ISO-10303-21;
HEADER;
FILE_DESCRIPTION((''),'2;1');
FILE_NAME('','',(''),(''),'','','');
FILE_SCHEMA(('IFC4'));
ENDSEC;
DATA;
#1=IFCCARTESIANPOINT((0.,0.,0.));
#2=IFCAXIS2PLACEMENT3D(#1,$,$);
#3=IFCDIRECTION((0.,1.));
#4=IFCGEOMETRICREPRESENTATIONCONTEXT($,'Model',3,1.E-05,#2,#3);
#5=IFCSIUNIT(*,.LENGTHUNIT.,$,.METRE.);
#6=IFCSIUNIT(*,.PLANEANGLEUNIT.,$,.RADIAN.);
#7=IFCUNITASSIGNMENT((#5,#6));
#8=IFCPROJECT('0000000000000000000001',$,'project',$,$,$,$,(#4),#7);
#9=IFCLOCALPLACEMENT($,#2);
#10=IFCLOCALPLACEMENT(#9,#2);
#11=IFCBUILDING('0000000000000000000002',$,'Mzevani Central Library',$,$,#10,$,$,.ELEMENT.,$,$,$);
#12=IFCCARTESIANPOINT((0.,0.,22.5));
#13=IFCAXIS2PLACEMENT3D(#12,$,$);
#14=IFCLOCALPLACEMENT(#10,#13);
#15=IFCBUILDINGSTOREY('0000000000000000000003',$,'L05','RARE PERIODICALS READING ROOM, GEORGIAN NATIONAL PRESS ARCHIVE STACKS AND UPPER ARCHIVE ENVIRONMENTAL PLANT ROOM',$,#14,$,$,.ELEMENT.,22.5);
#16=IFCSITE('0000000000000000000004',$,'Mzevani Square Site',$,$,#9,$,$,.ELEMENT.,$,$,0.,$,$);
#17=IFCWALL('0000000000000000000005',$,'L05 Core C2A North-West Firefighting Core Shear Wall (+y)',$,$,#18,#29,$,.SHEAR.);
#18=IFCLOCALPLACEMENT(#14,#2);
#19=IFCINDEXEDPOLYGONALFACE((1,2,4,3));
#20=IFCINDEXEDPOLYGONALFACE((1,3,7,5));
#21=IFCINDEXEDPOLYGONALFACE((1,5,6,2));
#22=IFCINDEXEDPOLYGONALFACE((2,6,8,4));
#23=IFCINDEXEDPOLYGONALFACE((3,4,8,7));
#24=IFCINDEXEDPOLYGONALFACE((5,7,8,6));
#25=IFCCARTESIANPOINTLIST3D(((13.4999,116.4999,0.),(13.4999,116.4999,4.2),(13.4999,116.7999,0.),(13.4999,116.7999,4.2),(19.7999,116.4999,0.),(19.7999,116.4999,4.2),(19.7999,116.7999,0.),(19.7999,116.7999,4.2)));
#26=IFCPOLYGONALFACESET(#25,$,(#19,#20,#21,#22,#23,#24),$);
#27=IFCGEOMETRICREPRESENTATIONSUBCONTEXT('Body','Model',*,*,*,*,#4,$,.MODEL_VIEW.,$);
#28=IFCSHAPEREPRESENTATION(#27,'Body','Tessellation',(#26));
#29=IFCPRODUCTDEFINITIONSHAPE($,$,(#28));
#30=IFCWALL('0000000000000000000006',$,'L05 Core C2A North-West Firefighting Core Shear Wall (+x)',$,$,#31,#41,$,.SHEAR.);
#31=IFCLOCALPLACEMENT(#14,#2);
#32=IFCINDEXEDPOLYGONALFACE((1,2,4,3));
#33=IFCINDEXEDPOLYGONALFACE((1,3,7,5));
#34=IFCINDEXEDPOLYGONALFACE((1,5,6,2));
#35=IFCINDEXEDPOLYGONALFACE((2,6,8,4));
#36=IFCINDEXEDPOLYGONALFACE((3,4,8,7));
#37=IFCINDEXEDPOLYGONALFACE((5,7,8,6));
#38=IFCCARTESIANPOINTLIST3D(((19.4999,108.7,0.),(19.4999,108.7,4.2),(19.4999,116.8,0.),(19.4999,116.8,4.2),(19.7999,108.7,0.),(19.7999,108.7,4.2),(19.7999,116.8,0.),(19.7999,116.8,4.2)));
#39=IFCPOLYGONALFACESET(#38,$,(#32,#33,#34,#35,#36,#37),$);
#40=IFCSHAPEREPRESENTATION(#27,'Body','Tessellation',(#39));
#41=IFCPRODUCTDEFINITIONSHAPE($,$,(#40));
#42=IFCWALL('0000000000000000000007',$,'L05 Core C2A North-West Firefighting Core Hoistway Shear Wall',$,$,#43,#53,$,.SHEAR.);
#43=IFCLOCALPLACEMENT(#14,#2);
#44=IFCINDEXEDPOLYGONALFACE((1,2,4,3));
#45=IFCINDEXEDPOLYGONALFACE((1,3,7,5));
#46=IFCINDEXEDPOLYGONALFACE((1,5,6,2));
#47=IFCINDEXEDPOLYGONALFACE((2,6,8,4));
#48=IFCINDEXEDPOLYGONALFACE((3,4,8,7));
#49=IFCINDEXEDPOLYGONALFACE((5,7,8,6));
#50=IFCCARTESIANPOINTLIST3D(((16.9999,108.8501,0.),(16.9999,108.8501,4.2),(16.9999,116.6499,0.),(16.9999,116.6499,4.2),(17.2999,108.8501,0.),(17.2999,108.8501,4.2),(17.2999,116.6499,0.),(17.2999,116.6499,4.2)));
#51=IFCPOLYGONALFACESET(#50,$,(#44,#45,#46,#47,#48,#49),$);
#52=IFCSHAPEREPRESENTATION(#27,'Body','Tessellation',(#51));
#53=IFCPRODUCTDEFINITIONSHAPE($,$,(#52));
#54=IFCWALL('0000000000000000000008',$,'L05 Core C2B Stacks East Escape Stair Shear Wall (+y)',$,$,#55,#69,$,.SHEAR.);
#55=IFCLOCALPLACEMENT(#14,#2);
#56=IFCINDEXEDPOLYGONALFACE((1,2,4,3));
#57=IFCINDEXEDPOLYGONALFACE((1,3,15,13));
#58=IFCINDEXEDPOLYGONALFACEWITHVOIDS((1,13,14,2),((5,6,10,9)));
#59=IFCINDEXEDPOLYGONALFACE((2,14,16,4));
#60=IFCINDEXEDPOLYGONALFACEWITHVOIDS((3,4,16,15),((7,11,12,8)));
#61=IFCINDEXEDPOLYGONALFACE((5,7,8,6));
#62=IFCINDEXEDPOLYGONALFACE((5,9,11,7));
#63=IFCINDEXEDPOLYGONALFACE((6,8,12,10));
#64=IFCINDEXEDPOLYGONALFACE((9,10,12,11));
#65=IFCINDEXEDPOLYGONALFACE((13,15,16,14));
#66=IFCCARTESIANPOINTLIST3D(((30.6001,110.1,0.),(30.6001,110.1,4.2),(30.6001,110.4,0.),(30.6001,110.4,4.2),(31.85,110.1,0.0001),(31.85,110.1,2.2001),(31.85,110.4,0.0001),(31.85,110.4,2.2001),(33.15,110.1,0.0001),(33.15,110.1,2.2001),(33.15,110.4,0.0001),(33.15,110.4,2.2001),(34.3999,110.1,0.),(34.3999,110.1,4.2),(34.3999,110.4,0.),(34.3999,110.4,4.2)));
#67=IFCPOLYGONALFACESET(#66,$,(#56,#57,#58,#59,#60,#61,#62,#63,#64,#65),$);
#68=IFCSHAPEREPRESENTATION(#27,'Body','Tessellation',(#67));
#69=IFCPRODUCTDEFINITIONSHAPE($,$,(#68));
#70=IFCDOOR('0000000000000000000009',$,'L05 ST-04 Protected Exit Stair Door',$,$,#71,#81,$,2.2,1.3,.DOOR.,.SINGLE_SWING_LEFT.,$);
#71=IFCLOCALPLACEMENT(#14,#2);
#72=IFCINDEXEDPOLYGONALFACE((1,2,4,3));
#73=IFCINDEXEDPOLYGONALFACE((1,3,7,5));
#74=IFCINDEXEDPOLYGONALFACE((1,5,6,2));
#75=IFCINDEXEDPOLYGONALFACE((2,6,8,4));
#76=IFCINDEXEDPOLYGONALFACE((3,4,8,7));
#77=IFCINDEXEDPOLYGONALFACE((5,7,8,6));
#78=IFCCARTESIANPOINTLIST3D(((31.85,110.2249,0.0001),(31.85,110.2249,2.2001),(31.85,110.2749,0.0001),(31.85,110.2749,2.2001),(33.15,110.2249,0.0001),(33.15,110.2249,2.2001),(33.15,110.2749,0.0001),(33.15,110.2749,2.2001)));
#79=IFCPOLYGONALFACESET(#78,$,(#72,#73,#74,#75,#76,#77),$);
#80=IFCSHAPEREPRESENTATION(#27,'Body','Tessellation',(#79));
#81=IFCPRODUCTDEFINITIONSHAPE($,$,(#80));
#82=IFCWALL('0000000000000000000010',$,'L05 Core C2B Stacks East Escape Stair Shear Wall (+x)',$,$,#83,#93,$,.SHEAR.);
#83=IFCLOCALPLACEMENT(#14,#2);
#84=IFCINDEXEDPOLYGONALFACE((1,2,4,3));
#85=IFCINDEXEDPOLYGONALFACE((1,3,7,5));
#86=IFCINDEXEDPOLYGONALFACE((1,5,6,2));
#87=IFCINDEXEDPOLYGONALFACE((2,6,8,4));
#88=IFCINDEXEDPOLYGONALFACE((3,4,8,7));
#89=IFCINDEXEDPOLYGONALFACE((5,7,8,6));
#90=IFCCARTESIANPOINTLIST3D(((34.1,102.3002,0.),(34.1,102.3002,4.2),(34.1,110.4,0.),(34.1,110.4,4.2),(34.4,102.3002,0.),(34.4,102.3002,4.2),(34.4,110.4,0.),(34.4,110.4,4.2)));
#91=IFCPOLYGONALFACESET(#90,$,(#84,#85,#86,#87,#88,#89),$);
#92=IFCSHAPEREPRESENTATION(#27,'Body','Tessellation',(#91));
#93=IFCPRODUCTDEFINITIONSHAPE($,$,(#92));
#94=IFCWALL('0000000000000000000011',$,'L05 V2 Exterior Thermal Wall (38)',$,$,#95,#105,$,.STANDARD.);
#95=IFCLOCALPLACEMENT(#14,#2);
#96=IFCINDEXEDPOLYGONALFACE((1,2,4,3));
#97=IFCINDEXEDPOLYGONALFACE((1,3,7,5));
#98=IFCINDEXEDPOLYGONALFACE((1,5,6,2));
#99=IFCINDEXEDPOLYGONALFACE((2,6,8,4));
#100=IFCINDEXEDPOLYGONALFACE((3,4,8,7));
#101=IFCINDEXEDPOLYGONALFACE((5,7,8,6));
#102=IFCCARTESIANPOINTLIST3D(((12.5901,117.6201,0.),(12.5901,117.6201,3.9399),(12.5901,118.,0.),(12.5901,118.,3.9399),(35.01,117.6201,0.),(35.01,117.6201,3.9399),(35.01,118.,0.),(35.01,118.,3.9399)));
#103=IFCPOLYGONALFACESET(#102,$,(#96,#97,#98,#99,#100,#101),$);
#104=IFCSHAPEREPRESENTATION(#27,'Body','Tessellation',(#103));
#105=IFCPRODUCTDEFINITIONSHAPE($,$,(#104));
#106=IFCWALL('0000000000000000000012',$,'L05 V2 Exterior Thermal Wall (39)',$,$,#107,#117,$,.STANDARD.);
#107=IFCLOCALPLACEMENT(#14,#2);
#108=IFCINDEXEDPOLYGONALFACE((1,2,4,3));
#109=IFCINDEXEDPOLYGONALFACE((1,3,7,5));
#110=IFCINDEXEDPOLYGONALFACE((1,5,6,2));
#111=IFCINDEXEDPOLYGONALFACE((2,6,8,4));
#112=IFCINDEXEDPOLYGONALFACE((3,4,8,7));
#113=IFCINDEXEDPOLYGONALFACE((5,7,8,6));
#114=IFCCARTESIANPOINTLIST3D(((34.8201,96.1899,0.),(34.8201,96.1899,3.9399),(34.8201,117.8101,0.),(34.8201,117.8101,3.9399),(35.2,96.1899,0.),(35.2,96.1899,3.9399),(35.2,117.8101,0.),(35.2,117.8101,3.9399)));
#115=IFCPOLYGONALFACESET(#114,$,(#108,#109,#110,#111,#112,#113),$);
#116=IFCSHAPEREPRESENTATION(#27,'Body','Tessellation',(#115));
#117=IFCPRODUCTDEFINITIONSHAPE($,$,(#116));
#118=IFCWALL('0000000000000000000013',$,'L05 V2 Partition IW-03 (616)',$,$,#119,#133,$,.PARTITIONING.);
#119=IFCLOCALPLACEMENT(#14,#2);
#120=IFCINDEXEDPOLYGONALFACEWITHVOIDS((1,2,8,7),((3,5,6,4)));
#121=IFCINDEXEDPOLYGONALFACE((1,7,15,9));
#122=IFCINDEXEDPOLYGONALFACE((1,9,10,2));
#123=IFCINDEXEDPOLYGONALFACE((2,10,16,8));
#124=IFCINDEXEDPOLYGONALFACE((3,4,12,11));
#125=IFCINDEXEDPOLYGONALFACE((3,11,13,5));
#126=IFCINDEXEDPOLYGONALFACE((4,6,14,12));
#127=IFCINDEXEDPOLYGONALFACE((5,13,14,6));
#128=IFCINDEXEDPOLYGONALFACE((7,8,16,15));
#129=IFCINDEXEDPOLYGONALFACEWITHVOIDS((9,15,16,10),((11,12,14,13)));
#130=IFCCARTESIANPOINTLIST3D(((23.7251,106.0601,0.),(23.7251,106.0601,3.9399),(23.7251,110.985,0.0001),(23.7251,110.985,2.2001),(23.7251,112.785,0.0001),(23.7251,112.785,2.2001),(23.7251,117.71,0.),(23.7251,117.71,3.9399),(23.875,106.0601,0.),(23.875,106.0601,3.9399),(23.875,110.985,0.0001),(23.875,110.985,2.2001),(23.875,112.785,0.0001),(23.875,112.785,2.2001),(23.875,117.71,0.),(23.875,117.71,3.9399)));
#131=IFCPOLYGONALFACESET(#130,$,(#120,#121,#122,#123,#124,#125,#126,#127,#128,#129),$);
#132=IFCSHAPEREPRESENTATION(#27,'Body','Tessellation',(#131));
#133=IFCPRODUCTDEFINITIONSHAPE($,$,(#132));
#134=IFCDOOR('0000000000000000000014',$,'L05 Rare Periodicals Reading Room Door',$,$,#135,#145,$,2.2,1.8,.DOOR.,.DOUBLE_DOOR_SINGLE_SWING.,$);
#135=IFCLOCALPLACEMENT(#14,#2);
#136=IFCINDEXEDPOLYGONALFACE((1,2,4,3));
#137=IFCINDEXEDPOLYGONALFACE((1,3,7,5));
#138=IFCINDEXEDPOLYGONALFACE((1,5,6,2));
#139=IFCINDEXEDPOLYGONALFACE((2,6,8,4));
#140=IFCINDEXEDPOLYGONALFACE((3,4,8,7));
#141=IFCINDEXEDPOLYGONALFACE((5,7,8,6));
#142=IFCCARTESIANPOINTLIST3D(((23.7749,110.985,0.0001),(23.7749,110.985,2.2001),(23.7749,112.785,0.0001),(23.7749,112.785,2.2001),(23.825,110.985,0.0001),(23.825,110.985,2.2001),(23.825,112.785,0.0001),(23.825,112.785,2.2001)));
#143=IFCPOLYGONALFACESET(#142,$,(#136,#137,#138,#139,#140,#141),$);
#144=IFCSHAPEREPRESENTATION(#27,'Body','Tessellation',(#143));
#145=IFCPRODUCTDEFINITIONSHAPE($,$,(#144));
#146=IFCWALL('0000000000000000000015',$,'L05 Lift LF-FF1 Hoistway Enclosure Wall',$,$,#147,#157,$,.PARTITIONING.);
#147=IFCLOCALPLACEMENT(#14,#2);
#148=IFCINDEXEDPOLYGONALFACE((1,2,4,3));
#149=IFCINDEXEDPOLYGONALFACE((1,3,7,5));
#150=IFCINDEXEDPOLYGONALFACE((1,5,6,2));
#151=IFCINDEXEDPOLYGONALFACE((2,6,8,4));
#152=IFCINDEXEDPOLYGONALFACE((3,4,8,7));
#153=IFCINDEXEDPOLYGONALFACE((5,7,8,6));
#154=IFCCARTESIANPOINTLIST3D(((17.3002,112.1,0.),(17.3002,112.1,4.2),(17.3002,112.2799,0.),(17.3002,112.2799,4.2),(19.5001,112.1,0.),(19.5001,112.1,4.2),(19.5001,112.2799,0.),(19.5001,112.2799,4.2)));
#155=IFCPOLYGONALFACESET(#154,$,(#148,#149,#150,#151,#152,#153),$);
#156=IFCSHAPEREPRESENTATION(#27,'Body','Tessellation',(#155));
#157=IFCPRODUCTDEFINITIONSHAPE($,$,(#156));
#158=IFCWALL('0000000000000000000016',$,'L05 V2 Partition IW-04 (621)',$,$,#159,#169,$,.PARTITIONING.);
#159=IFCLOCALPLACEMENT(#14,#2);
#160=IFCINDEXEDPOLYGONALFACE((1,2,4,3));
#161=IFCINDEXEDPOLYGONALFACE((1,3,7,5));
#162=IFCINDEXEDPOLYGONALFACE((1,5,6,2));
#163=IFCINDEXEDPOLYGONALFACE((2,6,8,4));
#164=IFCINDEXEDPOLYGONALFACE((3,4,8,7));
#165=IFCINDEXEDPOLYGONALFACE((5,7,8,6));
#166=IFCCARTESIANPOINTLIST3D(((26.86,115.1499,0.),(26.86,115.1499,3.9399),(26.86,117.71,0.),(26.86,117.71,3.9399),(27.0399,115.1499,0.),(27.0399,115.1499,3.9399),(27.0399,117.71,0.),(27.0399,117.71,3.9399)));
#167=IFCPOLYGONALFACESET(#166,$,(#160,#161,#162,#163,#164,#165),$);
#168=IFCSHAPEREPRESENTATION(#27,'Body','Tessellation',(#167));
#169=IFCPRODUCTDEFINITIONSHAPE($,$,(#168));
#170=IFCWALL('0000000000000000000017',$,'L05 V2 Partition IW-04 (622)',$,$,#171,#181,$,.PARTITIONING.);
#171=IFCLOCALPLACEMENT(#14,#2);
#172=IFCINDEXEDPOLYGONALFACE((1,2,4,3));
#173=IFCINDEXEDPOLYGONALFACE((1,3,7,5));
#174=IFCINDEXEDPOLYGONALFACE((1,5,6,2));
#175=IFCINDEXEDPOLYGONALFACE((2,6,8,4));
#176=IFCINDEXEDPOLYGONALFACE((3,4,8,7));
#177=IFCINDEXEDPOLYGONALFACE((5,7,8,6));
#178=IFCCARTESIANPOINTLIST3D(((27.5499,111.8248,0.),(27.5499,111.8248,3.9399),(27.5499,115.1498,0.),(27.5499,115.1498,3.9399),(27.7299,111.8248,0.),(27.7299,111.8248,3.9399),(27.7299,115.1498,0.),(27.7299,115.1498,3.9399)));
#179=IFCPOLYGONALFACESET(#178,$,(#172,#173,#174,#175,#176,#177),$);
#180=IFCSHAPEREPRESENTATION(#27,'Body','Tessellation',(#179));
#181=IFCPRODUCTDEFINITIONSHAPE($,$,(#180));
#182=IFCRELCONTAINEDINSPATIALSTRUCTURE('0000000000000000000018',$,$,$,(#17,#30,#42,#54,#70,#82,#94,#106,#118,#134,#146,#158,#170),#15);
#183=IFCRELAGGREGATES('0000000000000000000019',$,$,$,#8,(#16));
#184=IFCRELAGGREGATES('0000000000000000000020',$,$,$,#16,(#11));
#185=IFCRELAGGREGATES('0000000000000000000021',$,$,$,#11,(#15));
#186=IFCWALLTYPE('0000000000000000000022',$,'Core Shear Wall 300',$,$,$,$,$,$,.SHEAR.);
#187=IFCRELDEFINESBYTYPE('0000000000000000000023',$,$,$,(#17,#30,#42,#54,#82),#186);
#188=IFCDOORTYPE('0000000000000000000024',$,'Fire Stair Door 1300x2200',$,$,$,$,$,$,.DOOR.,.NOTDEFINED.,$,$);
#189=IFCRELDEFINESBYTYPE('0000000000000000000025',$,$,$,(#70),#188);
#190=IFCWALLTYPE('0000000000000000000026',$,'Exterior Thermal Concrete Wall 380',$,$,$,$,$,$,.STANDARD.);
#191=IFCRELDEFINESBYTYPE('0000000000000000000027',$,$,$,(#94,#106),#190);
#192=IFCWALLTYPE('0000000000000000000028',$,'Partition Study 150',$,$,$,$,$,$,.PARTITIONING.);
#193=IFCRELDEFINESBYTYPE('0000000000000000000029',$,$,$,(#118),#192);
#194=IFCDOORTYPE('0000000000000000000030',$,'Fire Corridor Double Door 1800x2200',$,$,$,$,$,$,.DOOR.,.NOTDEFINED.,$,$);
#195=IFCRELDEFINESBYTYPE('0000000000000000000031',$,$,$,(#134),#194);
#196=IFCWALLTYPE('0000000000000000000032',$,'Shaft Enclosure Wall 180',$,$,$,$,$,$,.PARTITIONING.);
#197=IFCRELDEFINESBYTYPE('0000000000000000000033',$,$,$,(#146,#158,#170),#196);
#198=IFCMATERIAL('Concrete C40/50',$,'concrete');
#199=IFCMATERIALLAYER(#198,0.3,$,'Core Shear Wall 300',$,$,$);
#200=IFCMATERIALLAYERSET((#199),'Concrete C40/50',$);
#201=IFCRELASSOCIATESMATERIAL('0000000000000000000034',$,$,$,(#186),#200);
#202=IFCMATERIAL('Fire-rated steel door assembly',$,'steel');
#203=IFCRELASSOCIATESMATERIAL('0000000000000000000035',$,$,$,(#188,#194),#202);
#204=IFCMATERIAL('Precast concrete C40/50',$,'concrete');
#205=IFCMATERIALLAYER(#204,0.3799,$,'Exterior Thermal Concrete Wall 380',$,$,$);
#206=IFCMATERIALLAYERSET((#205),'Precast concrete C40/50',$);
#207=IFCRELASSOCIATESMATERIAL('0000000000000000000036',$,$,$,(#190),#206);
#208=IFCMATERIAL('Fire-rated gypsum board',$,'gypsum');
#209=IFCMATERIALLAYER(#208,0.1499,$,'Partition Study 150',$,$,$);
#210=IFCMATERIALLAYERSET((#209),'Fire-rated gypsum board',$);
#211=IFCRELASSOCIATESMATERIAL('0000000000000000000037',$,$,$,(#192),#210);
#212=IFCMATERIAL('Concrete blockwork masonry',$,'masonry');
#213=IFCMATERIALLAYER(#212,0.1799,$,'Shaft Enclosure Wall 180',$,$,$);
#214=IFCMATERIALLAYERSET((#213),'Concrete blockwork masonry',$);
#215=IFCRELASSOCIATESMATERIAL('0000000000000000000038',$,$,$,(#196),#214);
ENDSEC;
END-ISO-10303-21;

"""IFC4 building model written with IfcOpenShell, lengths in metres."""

from ifc_helpers import new_model, si_unit, direction, frame, frame_2d, origin, place, context, subcontext, project, spatial, rectangle, extrude, material, layer, layer_set, type_object, element, fill, save


model = new_model("IFC4")

# Units and contexts
model_context = context("Model", 3, precision=1e-05, world=origin(), true_north=direction((0.0, 1.0)))
body_context = subcontext(model_context, "Body", "Model", "MODEL_VIEW")
ifc_project = project(units=[si_unit("LENGTHUNIT", "METRE"), si_unit("PLANEANGLEUNIT", "RADIAN")], contexts=[model_context])

# Site, building, storey
site_placement = place(None, origin())
site = spatial("IfcSite", under=ifc_project, at=site_placement, Name="Mzevani Square Site", CompositionType="ELEMENT", RefElevation=0.0)
building_placement = place(site_placement, origin())
building = spatial("IfcBuilding", under=site, at=building_placement, Name="Mzevani Central Library", CompositionType="ELEMENT")
storey_placement = place(building_placement, frame((0.0, 0.0, 22.5)))
storey = spatial("IfcBuildingStorey", under=building, at=storey_placement, Name="L05", Description="RARE PERIODICALS READING ROOM, GEORGIAN NATIONAL PRESS ARCHIVE STACKS AND UPPER ARCHIVE ENVIRONMENTAL PLANT ROOM", CompositionType="ELEMENT", Elevation=22.5)

# Shared definitions
ifc_material_1 = material(Name="Concrete C40/50", Category="concrete")

# Shared definitions
ifc_material_2 = material(Name="Precast concrete C40/50", Category="concrete")

# Shared definitions
ifc_material_3 = material(Name="Fire-rated steel door assembly", Category="steel")

# Shared definitions
ifc_layer_1 = layer(ifc_material_1, 0.3, Name="Core Shear Wall 300")
ifc_layer_set_1 = layer_set([ifc_layer_1], Name="Concrete C40/50")
wall_type_1 = type_object("IfcWallType", Name="Core Shear Wall 300", PredefinedType="SHEAR", material=ifc_layer_set_1)
door_type_1 = type_object("IfcDoorType", Name="Fire Stair Door 1300x2200", OperationType="NOTDEFINED", PredefinedType="DOOR", material=ifc_material_3)

# Walls
wall_1_placement = place(storey_placement, frame((13.5, 116.6499, 0.0), z_axis=(0.0, 0.0, 1.0), x_axis=(1.0, 0.0, 0.0)))
element("IfcWall", 1, at=wall_1_placement, inside=storey, type_object=wall_type_1, Name="L05 Core C2A North-West Firefighting Core Shear Wall (+y)", PredefinedType="SHEAR", context=body_context, shape_type="SweptSolid", body=[
    extrude(rectangle(XDim=6.3, YDim=0.3, at=frame_2d((3.1499, 0.0))), origin(), (0.0, 0.0, 1.0), 4.2),
])
wall_2_placement = place(storey_placement, frame((19.6499, 116.8, 0.0), z_axis=(0.0, 0.0, 1.0), x_axis=(0.0, -1.0, 0.0)))
element("IfcWall", 2, at=wall_2_placement, inside=storey, type_object=wall_type_1, Name="L05 Core C2A North-West Firefighting Core Shear Wall (+x)", PredefinedType="SHEAR", context=body_context, shape_type="SweptSolid", body=[
    extrude(rectangle(XDim=8.1001, YDim=0.3, at=frame_2d((4.05, 0.0))), origin(), (0.0, 0.0, 1.0), 4.2),
])
wall_3_placement = place(storey_placement, frame((17.1499, 108.8501, 0.0), z_axis=(0.0, 0.0, 1.0), x_axis=(0.0, 1.0, 0.0)))
element("IfcWall", 3, at=wall_3_placement, inside=storey, type_object=wall_type_1, Name="L05 Core C2A North-West Firefighting Core Hoistway Shear Wall", PredefinedType="SHEAR", context=body_context, shape_type="SweptSolid", body=[
    extrude(rectangle(XDim=7.7998, YDim=0.3, at=frame_2d((3.8999, 0.0))), origin(), (0.0, 0.0, 1.0), 4.2),
])

# Wall, opening, door
wall_4_placement = place(storey_placement, frame((30.6001, 110.25, 0.0), z_axis=(0.0, 0.0, 1.0), x_axis=(1.0, 0.0, 0.0)))
wall_4 = element("IfcWall", 4, at=wall_4_placement, inside=storey, type_object=wall_type_1, Name="L05 Core C2B Stacks East Escape Stair Shear Wall (+y)", PredefinedType="SHEAR", context=body_context, shape_type="SweptSolid", body=[
    extrude(rectangle(XDim=3.7998, YDim=0.3, at=frame_2d((1.8999, 0.0))), origin(), (0.0, 0.0, 1.0), 4.2),
])
opening_1_placement = place(wall_4_placement, frame((1.25, 0.0, 0.0)))
opening_1 = element("IfcOpeningElement", 5, at=opening_1_placement, cuts=wall_4, PredefinedType="OPENING", context=body_context, shape_type="SweptSolid", body=[
    extrude(rectangle(XDim=1.3, YDim=2.2, at=frame_2d((0.6499, 1.1001))), frame((0.0, 0.1602, 0.0), z_axis=(0.0, -1.0, 0.0), x_axis=(1.0, 0.0, 0.0)), (0.0, 0.0, 1.0), 0.3201),
])
door_1_placement = place(opening_1_placement, origin())
door_1 = element("IfcDoor", 6, at=door_1_placement, inside=storey, type_object=door_type_1, Name="L05 ST-04 Protected Exit Stair Door", OperationType="SINGLE_SWING_LEFT", OverallHeight=2.2, OverallWidth=1.3, PredefinedType="DOOR", context=body_context, shape_type="SweptSolid", body=[
    extrude(rectangle(XDim=1.3, YDim=2.2, at=frame_2d((0.6499, 1.1001))), frame((0.0, 0.0249, 0.0), z_axis=(0.0, -1.0, 0.0), x_axis=(1.0, 0.0, 0.0)), (0.0, 0.0, 1.0), 0.05),
])
fill(opening_1, door_1)

# Walls
wall_5_placement = place(storey_placement, frame((34.25, 110.3999, 0.0), z_axis=(0.0, 0.0, 1.0), x_axis=(0.0, -1.0, 0.0)))
element("IfcWall", 7, at=wall_5_placement, inside=storey, type_object=wall_type_1, Name="L05 Core C2B Stacks East Escape Stair Shear Wall (+x)", PredefinedType="SHEAR", context=body_context, shape_type="SweptSolid", body=[
    extrude(rectangle(XDim=8.0999, YDim=0.3, at=frame_2d((4.0498, 0.0))), origin(), (0.0, 0.0, 1.0), 4.2),
])
ifc_layer_2 = layer(ifc_material_2, 0.3799, Name="Exterior Thermal Concrete Wall 380")
ifc_layer_set_2 = layer_set([ifc_layer_2], Name="Precast concrete C40/50")
wall_type_2 = type_object("IfcWallType", Name="Exterior Thermal Concrete Wall 380", PredefinedType="STANDARD", material=ifc_layer_set_2)
wall_6_placement = place(storey_placement, frame((12.5901, 117.8101, 0.0), z_axis=(0.0, 0.0, 1.0), x_axis=(1.0, 0.0, 0.0)))
element("IfcWall", 8, at=wall_6_placement, inside=storey, type_object=wall_type_2, Name="L05 V2 Exterior Thermal Wall (38)", PredefinedType="STANDARD", context=body_context, shape_type="SweptSolid", body=[
    extrude(rectangle(XDim=22.4199, YDim=0.3799, at=frame_2d((11.21, 0.0))), origin(), (0.0, 0.0, 1.0), 3.9399),
])
wall_7_placement = place(storey_placement, frame((35.01, 117.8101, 0.0), z_axis=(0.0, 0.0, 1.0), x_axis=(0.0, -1.0, 0.0)))
element("IfcWall", 9, at=wall_7_placement, inside=storey, type_object=wall_type_2, Name="L05 V2 Exterior Thermal Wall (39)", PredefinedType="STANDARD", context=body_context, shape_type="SweptSolid", body=[
    extrude(rectangle(XDim=21.6201, YDim=0.3799, at=frame_2d((10.8101, 0.0))), origin(), (0.0, 0.0, 1.0), 3.9399),
])

# Wall, opening, door
ifc_material_4 = material(Name="Fire-rated gypsum board", Category="gypsum")
ifc_layer_3 = layer(ifc_material_4, 0.1499, Name="Partition Study 150")
ifc_layer_set_3 = layer_set([ifc_layer_3], Name="Fire-rated gypsum board")
wall_type_3 = type_object("IfcWallType", Name="Partition Study 150", PredefinedType="PARTITIONING", material=ifc_layer_set_3)
wall_8_placement = place(storey_placement, frame((23.8, 117.71, 0.0), z_axis=(0.0, 0.0, 1.0), x_axis=(0.0, -1.0, 0.0)))
wall_8 = element("IfcWall", 10, at=wall_8_placement, inside=storey, type_object=wall_type_3, Name="L05 V2 Partition IW-03 (616)", PredefinedType="PARTITIONING", context=body_context, shape_type="SweptSolid", body=[
    extrude(rectangle(XDim=11.6499, YDim=0.1499, at=frame_2d((5.825, 0.0))), origin(), (0.0, 0.0, 1.0), 3.9399),
])
opening_2_placement = place(wall_8_placement, frame((4.925, 0.0, 0.0)))
opening_2 = element("IfcOpeningElement", 11, at=opening_2_placement, cuts=wall_8, PredefinedType="OPENING", context=body_context, shape_type="SweptSolid", body=[
    extrude(rectangle(XDim=1.8, YDim=2.2, at=frame_2d((0.8999, 1.1001))), frame((0.0, 0.085, 0.0), z_axis=(0.0, -1.0, 0.0), x_axis=(1.0, 0.0, 0.0)), (0.0, 0.0, 1.0), 0.1699),
])
door_type_2 = type_object("IfcDoorType", Name="Fire Corridor Double Door 1800x2200", OperationType="NOTDEFINED", PredefinedType="DOOR", material=ifc_material_3)
door_2_placement = place(opening_2_placement, origin())
door_2 = element("IfcDoor", 12, at=door_2_placement, inside=storey, type_object=door_type_2, Name="L05 Rare Periodicals Reading Room Door", OperationType="DOUBLE_DOOR_SINGLE_SWING", OverallHeight=2.2, OverallWidth=1.8, PredefinedType="DOOR", context=body_context, shape_type="SweptSolid", body=[
    extrude(rectangle(XDim=1.8, YDim=2.2, at=frame_2d((0.8999, 1.1001))), frame((0.0, 0.0249, 0.0), z_axis=(0.0, -1.0, 0.0), x_axis=(1.0, 0.0, 0.0)), (0.0, 0.0, 1.0), 0.05),
])
fill(opening_2, door_2)

# Walls
ifc_material_5 = material(Name="Concrete blockwork masonry", Category="masonry")
ifc_layer_4 = layer(ifc_material_5, 0.1799, Name="Shaft Enclosure Wall 180")
ifc_layer_set_4 = layer_set([ifc_layer_4], Name="Concrete blockwork masonry")
wall_type_4 = type_object("IfcWallType", Name="Shaft Enclosure Wall 180", PredefinedType="PARTITIONING", material=ifc_layer_set_4)
wall_9_placement = place(storey_placement, frame((17.3, 112.1899, 0.0), z_axis=(0.0, 0.0, 1.0), x_axis=(1.0, 0.0, 0.0)))
element("IfcWall", 13, at=wall_9_placement, inside=storey, type_object=wall_type_4, Name="L05 Lift LF-FF1 Hoistway Enclosure Wall", PredefinedType="PARTITIONING", context=body_context, shape_type="SweptSolid", body=[
    extrude(rectangle(XDim=2.2, YDim=0.1799, at=frame_2d((1.1001, 0.0))), origin(), (0.0, 0.0, 1.0), 4.2),
])
wall_10_placement = place(storey_placement, frame((26.95, 117.71, 0.0), z_axis=(0.0, 0.0, 1.0), x_axis=(0.0, -1.0, 0.0)))
element("IfcWall", 14, at=wall_10_placement, inside=storey, type_object=wall_type_4, Name="L05 V2 Partition IW-04 (621)", PredefinedType="PARTITIONING", context=body_context, shape_type="SweptSolid", body=[
    extrude(rectangle(XDim=2.5601, YDim=0.1799, at=frame_2d((1.28, 0.0))), origin(), (0.0, 0.0, 1.0), 3.9399),
])
wall_11_placement = place(storey_placement, frame((27.6399, 115.1499, 0.0), z_axis=(0.0, 0.0, 1.0), x_axis=(0.0, -1.0, 0.0)))
element("IfcWall", 15, at=wall_11_placement, inside=storey, type_object=wall_type_4, Name="L05 V2 Partition IW-04 (622)", PredefinedType="PARTITIONING", context=body_context, shape_type="SweptSolid", body=[
    extrude(rectangle(XDim=3.325, YDim=0.1799, at=frame_2d((1.6626, 0.0))), origin(), (0.0, 0.0, 1.0), 3.9399),
])

save(model, "model.ifc")
